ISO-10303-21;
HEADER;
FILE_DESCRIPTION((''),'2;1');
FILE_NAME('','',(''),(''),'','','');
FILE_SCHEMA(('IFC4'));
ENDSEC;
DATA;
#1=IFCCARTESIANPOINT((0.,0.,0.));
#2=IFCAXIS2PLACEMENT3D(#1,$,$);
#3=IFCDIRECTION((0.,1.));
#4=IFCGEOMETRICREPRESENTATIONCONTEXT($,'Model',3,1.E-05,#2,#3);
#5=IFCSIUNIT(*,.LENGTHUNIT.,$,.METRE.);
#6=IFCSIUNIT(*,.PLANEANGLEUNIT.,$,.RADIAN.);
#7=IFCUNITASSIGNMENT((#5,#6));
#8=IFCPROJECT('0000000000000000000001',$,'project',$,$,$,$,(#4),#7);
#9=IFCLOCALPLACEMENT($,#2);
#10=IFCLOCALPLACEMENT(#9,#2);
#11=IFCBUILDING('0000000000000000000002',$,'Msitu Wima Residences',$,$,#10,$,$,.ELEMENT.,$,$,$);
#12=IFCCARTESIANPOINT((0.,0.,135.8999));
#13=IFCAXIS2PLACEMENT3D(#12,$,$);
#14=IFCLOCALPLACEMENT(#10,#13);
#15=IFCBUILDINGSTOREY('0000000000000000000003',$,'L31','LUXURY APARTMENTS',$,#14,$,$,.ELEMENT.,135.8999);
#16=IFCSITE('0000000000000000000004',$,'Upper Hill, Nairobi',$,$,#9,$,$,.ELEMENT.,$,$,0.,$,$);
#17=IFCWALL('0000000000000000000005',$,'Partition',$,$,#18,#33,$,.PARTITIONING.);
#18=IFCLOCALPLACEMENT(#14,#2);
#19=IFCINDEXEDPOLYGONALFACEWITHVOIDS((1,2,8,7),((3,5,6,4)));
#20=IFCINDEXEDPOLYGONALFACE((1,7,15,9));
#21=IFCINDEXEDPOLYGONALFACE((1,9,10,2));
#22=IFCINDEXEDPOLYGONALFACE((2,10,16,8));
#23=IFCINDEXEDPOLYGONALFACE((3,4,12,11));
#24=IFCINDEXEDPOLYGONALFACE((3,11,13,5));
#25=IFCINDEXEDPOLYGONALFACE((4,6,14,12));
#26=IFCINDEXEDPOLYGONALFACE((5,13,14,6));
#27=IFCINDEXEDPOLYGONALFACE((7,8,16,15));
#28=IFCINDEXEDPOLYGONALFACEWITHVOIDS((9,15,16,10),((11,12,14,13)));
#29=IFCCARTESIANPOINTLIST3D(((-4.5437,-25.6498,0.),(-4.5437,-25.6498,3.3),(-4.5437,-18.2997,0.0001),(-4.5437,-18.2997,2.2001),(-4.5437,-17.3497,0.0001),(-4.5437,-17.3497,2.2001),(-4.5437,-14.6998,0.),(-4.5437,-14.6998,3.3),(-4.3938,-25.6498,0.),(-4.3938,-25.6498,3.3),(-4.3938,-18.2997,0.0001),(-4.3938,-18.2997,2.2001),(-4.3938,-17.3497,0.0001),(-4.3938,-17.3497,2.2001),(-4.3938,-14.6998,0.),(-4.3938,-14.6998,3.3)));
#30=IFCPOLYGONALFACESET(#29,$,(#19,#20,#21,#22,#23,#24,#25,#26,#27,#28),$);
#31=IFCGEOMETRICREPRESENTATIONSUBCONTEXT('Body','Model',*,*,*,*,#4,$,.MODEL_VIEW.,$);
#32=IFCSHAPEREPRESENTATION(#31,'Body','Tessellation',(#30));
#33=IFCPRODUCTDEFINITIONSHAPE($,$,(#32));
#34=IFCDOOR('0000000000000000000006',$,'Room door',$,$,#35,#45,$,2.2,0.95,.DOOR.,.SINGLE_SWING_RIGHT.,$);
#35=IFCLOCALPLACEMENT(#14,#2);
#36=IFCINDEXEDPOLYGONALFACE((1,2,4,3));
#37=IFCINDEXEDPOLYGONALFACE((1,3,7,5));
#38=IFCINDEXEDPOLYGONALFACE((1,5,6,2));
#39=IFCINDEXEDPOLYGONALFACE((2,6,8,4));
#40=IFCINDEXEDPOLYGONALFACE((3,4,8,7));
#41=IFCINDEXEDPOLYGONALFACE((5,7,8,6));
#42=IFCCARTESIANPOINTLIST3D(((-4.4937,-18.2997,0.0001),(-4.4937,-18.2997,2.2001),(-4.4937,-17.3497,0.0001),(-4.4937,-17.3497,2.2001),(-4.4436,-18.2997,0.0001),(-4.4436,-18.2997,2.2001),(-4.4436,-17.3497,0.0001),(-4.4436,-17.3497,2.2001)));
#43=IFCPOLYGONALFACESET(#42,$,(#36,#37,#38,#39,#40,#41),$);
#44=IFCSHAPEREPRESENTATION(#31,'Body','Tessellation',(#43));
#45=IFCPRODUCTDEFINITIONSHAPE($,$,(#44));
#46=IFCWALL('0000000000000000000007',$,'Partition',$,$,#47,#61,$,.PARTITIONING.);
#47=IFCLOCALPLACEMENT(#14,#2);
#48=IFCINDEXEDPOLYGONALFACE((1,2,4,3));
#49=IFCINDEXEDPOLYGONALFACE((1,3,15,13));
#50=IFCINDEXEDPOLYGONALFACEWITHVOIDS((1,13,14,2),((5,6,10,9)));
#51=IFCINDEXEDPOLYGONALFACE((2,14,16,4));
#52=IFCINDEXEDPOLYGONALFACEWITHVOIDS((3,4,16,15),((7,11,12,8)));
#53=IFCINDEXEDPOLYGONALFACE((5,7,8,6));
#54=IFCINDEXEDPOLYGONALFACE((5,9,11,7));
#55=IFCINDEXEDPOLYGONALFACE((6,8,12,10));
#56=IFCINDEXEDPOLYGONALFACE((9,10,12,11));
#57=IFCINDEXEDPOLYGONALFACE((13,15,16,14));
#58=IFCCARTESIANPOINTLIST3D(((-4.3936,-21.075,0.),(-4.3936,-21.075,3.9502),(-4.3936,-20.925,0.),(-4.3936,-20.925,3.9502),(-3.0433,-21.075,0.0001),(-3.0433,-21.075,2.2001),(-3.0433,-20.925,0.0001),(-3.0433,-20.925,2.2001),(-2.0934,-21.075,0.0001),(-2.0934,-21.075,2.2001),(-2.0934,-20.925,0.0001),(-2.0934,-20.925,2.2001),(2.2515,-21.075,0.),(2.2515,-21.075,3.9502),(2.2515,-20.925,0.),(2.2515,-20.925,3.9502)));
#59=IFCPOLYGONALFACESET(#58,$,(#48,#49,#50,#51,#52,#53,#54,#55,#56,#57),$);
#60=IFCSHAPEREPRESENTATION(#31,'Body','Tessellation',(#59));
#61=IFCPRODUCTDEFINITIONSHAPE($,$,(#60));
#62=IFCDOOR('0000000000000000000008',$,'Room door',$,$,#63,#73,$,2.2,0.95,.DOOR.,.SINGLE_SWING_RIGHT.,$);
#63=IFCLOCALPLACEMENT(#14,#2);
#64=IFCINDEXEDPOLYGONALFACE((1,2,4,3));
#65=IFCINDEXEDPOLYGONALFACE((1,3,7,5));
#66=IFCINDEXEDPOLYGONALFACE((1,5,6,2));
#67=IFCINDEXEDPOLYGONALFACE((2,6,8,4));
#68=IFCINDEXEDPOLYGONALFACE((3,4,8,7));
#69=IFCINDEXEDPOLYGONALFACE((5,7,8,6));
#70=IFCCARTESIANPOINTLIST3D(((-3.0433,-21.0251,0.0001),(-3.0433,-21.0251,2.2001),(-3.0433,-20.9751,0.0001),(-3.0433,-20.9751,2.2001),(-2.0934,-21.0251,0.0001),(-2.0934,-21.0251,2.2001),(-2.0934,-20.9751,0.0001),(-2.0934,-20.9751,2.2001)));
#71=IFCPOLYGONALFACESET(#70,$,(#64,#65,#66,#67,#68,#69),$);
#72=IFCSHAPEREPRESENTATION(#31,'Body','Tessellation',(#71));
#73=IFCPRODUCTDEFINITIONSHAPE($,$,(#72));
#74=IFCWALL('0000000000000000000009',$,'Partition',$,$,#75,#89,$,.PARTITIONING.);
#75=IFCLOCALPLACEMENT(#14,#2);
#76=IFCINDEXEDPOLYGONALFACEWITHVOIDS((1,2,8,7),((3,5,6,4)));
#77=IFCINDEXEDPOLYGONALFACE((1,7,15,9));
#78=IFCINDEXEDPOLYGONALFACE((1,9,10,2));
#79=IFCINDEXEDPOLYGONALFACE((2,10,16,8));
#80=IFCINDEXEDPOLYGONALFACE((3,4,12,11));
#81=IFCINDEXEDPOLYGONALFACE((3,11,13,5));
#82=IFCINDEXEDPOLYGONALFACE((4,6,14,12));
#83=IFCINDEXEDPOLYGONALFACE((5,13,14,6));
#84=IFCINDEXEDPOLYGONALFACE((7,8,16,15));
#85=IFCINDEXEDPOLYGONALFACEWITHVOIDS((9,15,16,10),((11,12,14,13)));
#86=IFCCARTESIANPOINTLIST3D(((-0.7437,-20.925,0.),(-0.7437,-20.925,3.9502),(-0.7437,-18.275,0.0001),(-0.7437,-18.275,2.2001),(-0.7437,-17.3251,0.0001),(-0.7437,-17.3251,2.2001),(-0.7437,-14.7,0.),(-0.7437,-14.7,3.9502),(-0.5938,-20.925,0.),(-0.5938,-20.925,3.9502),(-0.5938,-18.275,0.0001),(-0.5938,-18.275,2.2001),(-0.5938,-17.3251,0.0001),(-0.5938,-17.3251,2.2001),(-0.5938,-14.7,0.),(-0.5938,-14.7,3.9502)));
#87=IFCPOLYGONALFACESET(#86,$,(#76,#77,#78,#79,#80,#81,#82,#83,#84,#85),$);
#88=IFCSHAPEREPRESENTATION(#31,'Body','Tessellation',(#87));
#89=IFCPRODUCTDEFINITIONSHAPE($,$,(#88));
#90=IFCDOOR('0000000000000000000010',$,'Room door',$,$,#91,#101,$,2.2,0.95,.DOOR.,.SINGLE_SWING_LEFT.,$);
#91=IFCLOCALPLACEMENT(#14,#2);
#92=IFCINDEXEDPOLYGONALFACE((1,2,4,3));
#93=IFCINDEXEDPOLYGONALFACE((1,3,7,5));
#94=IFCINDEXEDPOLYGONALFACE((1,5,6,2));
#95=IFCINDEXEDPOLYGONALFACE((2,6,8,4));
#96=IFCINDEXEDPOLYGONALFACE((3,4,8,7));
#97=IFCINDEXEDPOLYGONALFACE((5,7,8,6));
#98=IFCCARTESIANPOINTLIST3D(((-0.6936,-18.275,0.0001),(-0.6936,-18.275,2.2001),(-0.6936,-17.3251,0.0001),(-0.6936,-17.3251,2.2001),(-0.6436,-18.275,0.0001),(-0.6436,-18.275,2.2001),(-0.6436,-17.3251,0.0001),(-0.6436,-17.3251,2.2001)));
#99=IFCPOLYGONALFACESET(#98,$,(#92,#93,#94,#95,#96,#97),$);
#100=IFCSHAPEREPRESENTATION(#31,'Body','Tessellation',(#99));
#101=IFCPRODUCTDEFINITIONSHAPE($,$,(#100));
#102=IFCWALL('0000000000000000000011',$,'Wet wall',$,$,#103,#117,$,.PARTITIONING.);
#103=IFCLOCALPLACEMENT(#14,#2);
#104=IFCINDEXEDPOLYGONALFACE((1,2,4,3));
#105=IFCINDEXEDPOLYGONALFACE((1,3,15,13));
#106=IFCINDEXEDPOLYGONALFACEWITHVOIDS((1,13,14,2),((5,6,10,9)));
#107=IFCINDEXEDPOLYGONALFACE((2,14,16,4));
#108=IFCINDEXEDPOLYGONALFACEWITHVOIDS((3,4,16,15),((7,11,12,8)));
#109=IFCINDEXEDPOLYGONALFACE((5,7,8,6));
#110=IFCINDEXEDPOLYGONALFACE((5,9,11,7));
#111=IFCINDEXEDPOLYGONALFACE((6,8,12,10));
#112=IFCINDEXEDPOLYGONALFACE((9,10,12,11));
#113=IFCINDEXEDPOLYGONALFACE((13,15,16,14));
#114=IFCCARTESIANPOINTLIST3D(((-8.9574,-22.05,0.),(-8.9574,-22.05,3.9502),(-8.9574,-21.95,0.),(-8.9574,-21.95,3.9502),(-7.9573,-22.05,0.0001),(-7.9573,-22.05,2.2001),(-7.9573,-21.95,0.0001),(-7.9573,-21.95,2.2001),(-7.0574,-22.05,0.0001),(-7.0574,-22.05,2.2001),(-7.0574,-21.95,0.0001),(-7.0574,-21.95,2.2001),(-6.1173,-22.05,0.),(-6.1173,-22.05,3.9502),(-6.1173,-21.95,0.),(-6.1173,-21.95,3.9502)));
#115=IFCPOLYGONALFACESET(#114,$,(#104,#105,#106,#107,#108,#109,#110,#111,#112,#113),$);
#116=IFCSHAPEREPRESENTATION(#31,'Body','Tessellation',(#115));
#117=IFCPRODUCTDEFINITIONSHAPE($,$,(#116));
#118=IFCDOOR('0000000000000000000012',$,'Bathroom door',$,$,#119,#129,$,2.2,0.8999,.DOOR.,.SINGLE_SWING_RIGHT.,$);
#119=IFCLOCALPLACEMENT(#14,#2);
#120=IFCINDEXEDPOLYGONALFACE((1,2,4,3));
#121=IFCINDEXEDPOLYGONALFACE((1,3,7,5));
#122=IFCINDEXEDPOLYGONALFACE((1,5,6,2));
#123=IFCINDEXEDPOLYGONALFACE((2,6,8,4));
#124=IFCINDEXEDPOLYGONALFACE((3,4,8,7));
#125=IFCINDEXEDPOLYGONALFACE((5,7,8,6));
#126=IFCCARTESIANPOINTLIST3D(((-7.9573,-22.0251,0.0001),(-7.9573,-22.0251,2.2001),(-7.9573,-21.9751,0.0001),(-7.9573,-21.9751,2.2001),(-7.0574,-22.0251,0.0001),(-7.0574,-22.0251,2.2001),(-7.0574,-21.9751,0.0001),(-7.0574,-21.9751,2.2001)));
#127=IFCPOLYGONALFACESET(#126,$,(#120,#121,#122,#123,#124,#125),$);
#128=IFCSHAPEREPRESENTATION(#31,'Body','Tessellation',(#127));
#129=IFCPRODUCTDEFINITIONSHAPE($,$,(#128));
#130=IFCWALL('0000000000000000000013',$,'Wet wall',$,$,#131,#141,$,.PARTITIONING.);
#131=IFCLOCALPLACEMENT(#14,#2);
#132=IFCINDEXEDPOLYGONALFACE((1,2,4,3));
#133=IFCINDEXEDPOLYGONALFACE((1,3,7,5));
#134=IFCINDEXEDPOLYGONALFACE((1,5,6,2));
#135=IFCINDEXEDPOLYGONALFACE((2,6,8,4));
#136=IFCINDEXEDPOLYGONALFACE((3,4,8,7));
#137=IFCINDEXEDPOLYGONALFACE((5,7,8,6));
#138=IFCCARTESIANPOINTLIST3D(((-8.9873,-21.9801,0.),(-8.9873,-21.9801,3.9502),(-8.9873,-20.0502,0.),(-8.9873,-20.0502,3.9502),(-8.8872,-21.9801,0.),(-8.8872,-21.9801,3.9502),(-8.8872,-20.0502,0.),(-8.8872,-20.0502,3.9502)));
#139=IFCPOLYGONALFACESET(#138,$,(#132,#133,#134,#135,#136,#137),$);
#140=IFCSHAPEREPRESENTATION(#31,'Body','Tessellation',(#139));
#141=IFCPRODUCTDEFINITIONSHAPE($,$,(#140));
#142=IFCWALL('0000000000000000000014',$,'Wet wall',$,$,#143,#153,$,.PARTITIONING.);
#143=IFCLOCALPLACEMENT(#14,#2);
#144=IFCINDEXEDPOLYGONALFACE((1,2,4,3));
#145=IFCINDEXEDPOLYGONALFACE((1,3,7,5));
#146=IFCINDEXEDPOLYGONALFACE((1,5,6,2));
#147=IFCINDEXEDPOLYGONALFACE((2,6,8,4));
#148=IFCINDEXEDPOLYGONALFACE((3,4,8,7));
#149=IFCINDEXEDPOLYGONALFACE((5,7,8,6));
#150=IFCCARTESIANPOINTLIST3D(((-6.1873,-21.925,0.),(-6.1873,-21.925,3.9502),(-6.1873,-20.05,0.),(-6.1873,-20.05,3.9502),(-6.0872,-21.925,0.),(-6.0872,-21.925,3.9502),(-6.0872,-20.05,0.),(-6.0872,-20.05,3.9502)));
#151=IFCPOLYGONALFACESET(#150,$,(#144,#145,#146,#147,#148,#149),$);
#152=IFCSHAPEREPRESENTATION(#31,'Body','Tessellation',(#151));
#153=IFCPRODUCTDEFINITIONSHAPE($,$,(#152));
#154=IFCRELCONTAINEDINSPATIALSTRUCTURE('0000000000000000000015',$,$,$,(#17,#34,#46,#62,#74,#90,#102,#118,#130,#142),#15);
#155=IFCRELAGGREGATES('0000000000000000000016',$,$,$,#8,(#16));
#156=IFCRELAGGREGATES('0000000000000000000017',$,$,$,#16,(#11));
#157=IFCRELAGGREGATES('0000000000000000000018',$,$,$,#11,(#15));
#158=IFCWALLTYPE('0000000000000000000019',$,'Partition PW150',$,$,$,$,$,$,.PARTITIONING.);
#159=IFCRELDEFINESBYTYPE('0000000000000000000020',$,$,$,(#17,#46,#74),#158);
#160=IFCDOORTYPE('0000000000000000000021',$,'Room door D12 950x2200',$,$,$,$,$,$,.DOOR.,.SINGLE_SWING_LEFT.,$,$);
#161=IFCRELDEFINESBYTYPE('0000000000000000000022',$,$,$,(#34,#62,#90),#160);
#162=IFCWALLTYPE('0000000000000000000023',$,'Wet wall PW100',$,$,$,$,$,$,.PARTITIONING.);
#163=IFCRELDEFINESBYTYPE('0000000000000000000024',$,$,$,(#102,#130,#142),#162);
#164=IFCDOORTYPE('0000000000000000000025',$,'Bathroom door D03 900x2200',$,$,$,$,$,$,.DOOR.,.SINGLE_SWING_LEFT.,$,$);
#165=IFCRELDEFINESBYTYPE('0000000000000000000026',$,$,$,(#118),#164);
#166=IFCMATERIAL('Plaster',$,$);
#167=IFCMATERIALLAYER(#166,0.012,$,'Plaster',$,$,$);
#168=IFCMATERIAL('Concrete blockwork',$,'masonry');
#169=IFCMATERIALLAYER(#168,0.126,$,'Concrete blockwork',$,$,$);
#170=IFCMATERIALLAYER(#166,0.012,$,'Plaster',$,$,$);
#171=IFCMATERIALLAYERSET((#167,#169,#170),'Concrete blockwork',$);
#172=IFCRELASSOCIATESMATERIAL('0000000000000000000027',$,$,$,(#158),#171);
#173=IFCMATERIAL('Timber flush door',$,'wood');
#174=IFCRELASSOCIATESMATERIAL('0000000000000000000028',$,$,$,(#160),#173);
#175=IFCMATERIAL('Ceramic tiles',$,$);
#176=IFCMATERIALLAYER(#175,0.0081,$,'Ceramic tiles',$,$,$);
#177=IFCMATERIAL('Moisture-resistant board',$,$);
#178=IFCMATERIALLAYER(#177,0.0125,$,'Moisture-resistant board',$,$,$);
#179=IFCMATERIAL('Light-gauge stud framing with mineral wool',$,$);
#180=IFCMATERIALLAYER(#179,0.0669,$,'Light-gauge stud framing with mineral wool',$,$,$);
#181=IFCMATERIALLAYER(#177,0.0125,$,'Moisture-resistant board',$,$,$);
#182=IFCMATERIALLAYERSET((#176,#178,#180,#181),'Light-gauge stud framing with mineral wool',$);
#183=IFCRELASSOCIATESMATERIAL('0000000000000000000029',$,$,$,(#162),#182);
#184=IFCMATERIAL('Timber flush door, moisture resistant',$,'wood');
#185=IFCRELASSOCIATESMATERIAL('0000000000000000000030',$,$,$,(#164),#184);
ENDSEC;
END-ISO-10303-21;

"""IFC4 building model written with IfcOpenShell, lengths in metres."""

from ifc_helpers import new_model, si_unit, direction, frame, frame_2d, origin, place, context, subcontext, project, spatial, rectangle, extrude, material, layer, layer_set, type_object, element, fill, save


model = new_model("IFC4")

# Units and contexts
model_context = context("Model", 3, precision=1e-05, world=origin(), true_north=direction((0.0, 1.0)))
body_context = subcontext(model_context, "Body", "Model", "MODEL_VIEW")
ifc_project = project(units=[si_unit("LENGTHUNIT", "METRE"), si_unit("PLANEANGLEUNIT", "RADIAN")], contexts=[model_context])

# Site, building, storey
site_placement = place(None, origin())
site = spatial("IfcSite", under=ifc_project, at=site_placement, Name="Upper Hill, Nairobi", CompositionType="ELEMENT", RefElevation=0.0)
building_placement = place(site_placement, origin())
building = spatial("IfcBuilding", under=site, at=building_placement, Name="Msitu Wima Residences", CompositionType="ELEMENT")
storey_placement = place(building_placement, frame((0.0, 0.0, 135.8999)))
storey = spatial("IfcBuildingStorey", under=building, at=storey_placement, Name="L31", Description="LUXURY APARTMENTS", CompositionType="ELEMENT", Elevation=135.8999)

# Shared definitions
ifc_material_1 = material(Name="Plaster")
ifc_layer_1 = layer(ifc_material_1, 0.012, Name="Plaster")
ifc_material_2 = material(Name="Concrete blockwork", Category="masonry")
ifc_layer_2 = layer(ifc_material_2, 0.126, Name="Concrete blockwork")
ifc_layer_3 = layer(ifc_material_1, 0.012, Name="Plaster")
ifc_layer_set_1 = layer_set([ifc_layer_1, ifc_layer_2, ifc_layer_3], Name="Concrete blockwork")
wall_type_1 = type_object("IfcWallType", Name="Partition PW150", PredefinedType="PARTITIONING", material=ifc_layer_set_1)

# Walls, openings, doors
ifc_material_3 = material(Name="Timber flush door", Category="wood")
door_type_1 = type_object("IfcDoorType", Name="Room door D12 950x2200", OperationType="SINGLE_SWING_LEFT", PredefinedType="DOOR", material=ifc_material_3)
wall_1_placement = place(storey_placement, frame((-4.4688, -25.6499, 0.0), z_axis=(0.0, 0.0, 1.0), x_axis=(0.0, 1.0, 0.0)))
wall_1 = element("IfcWall", 1, at=wall_1_placement, inside=storey, type_object=wall_type_1, Name="Partition", PredefinedType="PARTITIONING", context=body_context, shape_type="SweptSolid", body=[
    extrude(rectangle(XDim=10.95, YDim=0.1499, at=frame_2d((5.4751, 0.0))), origin(), (0.0, 0.0, 1.0), 3.3),
])
opening_1_placement = place(wall_1_placement, frame((7.3501, 0.0, 0.0)))
opening_1 = element("IfcOpeningElement", 2, at=opening_1_placement, cuts=wall_1, PredefinedType="OPENING", context=body_context, shape_type="SweptSolid", body=[
    extrude(rectangle(XDim=0.95, YDim=2.2, at=frame_2d((0.4751, 1.1001))), frame((0.0, 0.085, 0.0), z_axis=(0.0, -1.0, 0.0), x_axis=(1.0, 0.0, 0.0)), (0.0, 0.0, 1.0), 0.1699),
])
door_1_placement = place(opening_1_placement, origin())
door_1 = element("IfcDoor", 3, at=door_1_placement, inside=storey, type_object=door_type_1, Name="Room door", OperationType="SINGLE_SWING_RIGHT", OverallHeight=2.2, OverallWidth=0.95, PredefinedType="DOOR", context=body_context, shape_type="SweptSolid", body=[
    extrude(rectangle(XDim=0.95, YDim=2.2, at=frame_2d((0.4751, 1.1001))), frame((0.0, 0.0249, 0.0), z_axis=(0.0, -1.0, 0.0), x_axis=(1.0, 0.0, 0.0)), (0.0, 0.0, 1.0), 0.05),
])
fill(opening_1, door_1)
wall_2_placement = place(storey_placement, frame((-4.3936, -21.0, 0.0), z_axis=(0.0, 0.0, 1.0), x_axis=(1.0, 0.0, 0.0)))
wall_2 = element("IfcWall", 4, at=wall_2_placement, inside=storey, type_object=wall_type_1, Name="Partition", PredefinedType="PARTITIONING", context=body_context, shape_type="SweptSolid", body=[
    extrude(rectangle(XDim=6.645, YDim=0.1499, at=frame_2d((3.3225, 0.0))), origin(), (0.0, 0.0, 1.0), 3.9502),
])
opening_2_placement = place(wall_2_placement, frame((1.3501, 0.0, 0.0)))
opening_2 = element("IfcOpeningElement", 5, at=opening_2_placement, cuts=wall_2, PredefinedType="OPENING", context=body_context, shape_type="SweptSolid", body=[
    extrude(rectangle(XDim=0.95, YDim=2.2, at=frame_2d((0.4751, 1.1001))), frame((0.0, 0.085, 0.0), z_axis=(0.0, -1.0, 0.0), x_axis=(1.0, 0.0, 0.0)), (0.0, 0.0, 1.0), 0.1699),
])
door_2_placement = place(opening_2_placement, origin())
door_2 = element("IfcDoor", 6, at=door_2_placement, inside=storey, type_object=door_type_1, Name="Room door", OperationType="SINGLE_SWING_RIGHT", OverallHeight=2.2, OverallWidth=0.95, PredefinedType="DOOR", context=body_context, shape_type="SweptSolid", body=[
    extrude(rectangle(XDim=0.95, YDim=2.2, at=frame_2d((0.4751, 1.1001))), frame((0.0, 0.0249, 0.0), z_axis=(0.0, -1.0, 0.0), x_axis=(1.0, 0.0, 0.0)), (0.0, 0.0, 1.0), 0.05),
])
fill(opening_2, door_2)
wall_3_placement = place(storey_placement, frame((-0.6687, -20.925, 0.0), z_axis=(0.0, 0.0, 1.0), x_axis=(0.0, 1.0, 0.0)))
wall_3 = element("IfcWall", 7, at=wall_3_placement, inside=storey, type_object=wall_type_1, Name="Partition", PredefinedType="PARTITIONING", context=body_context, shape_type="SweptSolid", body=[
    extrude(rectangle(XDim=6.2251, YDim=0.1499, at=frame_2d((3.1125, 0.0))), origin(), (0.0, 0.0, 1.0), 3.9502),
])
opening_3_placement = place(wall_3_placement, frame((2.6499, 0.0, 0.0)))
opening_3 = element("IfcOpeningElement", 8, at=opening_3_placement, cuts=wall_3, PredefinedType="OPENING", context=body_context, shape_type="SweptSolid", body=[
    extrude(rectangle(XDim=0.95, YDim=2.2, at=frame_2d((0.4751, 1.1001))), frame((0.0, 0.085, 0.0), z_axis=(0.0, -1.0, 0.0), x_axis=(1.0, 0.0, 0.0)), (0.0, 0.0, 1.0), 0.1699),
])
door_3_placement = place(opening_3_placement, origin())
door_3 = element("IfcDoor", 9, at=door_3_placement, inside=storey, type_object=door_type_1, Name="Room door", OperationType="SINGLE_SWING_LEFT", OverallHeight=2.2, OverallWidth=0.95, PredefinedType="DOOR", context=body_context, shape_type="SweptSolid", body=[
    extrude(rectangle(XDim=0.95, YDim=2.2, at=frame_2d((0.4751, 1.1001))), frame((0.0, 0.0249, 0.0), z_axis=(0.0, -1.0, 0.0), x_axis=(1.0, 0.0, 0.0)), (0.0, 0.0, 1.0), 0.05),
])
fill(opening_3, door_3)
ifc_material_4 = material(Name="Ceramic tiles")
ifc_layer_4 = layer(ifc_material_4, 0.0081, Name="Ceramic tiles")
ifc_material_5 = material(Name="Moisture-resistant board")
ifc_layer_5 = layer(ifc_material_5, 0.0125, Name="Moisture-resistant board")
ifc_material_6 = material(Name="Light-gauge stud framing with mineral wool")
ifc_layer_6 = layer(ifc_material_6, 0.0669, Name="Light-gauge stud framing with mineral wool")
ifc_layer_7 = layer(ifc_material_5, 0.0125, Name="Moisture-resistant board")
ifc_layer_set_2 = layer_set([ifc_layer_4, ifc_layer_5, ifc_layer_6, ifc_layer_7], Name="Light-gauge stud framing with mineral wool")
wall_type_2 = type_object("IfcWallType", Name="Wet wall PW100", PredefinedType="PARTITIONING", material=ifc_layer_set_2)
wall_4_placement = place(storey_placement, frame((-8.9573, -22.0, 0.0), z_axis=(0.0, 0.0, 1.0), x_axis=(1.0, 0.0, 0.0)))
wall_4 = element("IfcWall", 10, at=wall_4_placement, inside=storey, type_object=wall_type_2, Name="Wet wall", PredefinedType="PARTITIONING", context=body_context, shape_type="SweptSolid", body=[
    extrude(rectangle(XDim=2.8401, YDim=0.1001, at=frame_2d((1.4199, 0.0))), origin(), (0.0, 0.0, 1.0), 3.9502),
])
opening_4_placement = place(wall_4_placement, frame((1.0, 0.0, 0.0)))
opening_4 = element("IfcOpeningElement", 11, at=opening_4_placement, cuts=wall_4, PredefinedType="OPENING", context=body_context, shape_type="SweptSolid", body=[
    extrude(rectangle(XDim=0.8999, YDim=2.2, at=frame_2d((0.45, 1.1001))), frame((0.0, 0.0601, 0.0), z_axis=(0.0, -1.0, 0.0), x_axis=(1.0, 0.0, 0.0)), (0.0, 0.0, 1.0), 0.1201),
])
ifc_material_7 = material(Name="Timber flush door, moisture resistant", Category="wood")
door_type_2 = type_object("IfcDoorType", Name="Bathroom door D03 900x2200", OperationType="SINGLE_SWING_LEFT", PredefinedType="DOOR", material=ifc_material_7)
door_4_placement = place(opening_4_placement, origin())
door_4 = element("IfcDoor", 12, at=door_4_placement, inside=storey, type_object=door_type_2, Name="Bathroom door", OperationType="SINGLE_SWING_RIGHT", OverallHeight=2.2, OverallWidth=0.8999, PredefinedType="DOOR", context=body_context, shape_type="SweptSolid", body=[
    extrude(rectangle(XDim=0.8999, YDim=2.2, at=frame_2d((0.45, 1.1001))), frame((0.0, 0.0249, 0.0), z_axis=(0.0, -1.0, 0.0), x_axis=(1.0, 0.0, 0.0)), (0.0, 0.0, 1.0), 0.05),
])
fill(opening_4, door_4)

# Walls
wall_5_placement = place(storey_placement, frame((-8.9373, -21.98, 0.0), z_axis=(0.0, 0.0, 1.0), x_axis=(0.0, 1.0, 0.0)))
element("IfcWall", 13, at=wall_5_placement, inside=storey, type_object=wall_type_2, Name="Wet wall", PredefinedType="PARTITIONING", context=body_context, shape_type="SweptSolid", body=[
    extrude(rectangle(XDim=1.9299, YDim=0.1001, at=frame_2d((0.9648, 0.0))), origin(), (0.0, 0.0, 1.0), 3.9502),
])
wall_6_placement = place(storey_placement, frame((-6.1372, -21.925, 0.0), z_axis=(0.0, 0.0, 1.0), x_axis=(0.0, 1.0, 0.0)))
element("IfcWall", 14, at=wall_6_placement, inside=storey, type_object=wall_type_2, Name="Wet wall", PredefinedType="PARTITIONING", context=body_context, shape_type="SweptSolid", body=[
    extrude(rectangle(XDim=1.875, YDim=0.1001, at=frame_2d((0.9375, 0.0))), origin(), (0.0, 0.0, 1.0), 3.9502),
])

save(model, "model.ifc")
